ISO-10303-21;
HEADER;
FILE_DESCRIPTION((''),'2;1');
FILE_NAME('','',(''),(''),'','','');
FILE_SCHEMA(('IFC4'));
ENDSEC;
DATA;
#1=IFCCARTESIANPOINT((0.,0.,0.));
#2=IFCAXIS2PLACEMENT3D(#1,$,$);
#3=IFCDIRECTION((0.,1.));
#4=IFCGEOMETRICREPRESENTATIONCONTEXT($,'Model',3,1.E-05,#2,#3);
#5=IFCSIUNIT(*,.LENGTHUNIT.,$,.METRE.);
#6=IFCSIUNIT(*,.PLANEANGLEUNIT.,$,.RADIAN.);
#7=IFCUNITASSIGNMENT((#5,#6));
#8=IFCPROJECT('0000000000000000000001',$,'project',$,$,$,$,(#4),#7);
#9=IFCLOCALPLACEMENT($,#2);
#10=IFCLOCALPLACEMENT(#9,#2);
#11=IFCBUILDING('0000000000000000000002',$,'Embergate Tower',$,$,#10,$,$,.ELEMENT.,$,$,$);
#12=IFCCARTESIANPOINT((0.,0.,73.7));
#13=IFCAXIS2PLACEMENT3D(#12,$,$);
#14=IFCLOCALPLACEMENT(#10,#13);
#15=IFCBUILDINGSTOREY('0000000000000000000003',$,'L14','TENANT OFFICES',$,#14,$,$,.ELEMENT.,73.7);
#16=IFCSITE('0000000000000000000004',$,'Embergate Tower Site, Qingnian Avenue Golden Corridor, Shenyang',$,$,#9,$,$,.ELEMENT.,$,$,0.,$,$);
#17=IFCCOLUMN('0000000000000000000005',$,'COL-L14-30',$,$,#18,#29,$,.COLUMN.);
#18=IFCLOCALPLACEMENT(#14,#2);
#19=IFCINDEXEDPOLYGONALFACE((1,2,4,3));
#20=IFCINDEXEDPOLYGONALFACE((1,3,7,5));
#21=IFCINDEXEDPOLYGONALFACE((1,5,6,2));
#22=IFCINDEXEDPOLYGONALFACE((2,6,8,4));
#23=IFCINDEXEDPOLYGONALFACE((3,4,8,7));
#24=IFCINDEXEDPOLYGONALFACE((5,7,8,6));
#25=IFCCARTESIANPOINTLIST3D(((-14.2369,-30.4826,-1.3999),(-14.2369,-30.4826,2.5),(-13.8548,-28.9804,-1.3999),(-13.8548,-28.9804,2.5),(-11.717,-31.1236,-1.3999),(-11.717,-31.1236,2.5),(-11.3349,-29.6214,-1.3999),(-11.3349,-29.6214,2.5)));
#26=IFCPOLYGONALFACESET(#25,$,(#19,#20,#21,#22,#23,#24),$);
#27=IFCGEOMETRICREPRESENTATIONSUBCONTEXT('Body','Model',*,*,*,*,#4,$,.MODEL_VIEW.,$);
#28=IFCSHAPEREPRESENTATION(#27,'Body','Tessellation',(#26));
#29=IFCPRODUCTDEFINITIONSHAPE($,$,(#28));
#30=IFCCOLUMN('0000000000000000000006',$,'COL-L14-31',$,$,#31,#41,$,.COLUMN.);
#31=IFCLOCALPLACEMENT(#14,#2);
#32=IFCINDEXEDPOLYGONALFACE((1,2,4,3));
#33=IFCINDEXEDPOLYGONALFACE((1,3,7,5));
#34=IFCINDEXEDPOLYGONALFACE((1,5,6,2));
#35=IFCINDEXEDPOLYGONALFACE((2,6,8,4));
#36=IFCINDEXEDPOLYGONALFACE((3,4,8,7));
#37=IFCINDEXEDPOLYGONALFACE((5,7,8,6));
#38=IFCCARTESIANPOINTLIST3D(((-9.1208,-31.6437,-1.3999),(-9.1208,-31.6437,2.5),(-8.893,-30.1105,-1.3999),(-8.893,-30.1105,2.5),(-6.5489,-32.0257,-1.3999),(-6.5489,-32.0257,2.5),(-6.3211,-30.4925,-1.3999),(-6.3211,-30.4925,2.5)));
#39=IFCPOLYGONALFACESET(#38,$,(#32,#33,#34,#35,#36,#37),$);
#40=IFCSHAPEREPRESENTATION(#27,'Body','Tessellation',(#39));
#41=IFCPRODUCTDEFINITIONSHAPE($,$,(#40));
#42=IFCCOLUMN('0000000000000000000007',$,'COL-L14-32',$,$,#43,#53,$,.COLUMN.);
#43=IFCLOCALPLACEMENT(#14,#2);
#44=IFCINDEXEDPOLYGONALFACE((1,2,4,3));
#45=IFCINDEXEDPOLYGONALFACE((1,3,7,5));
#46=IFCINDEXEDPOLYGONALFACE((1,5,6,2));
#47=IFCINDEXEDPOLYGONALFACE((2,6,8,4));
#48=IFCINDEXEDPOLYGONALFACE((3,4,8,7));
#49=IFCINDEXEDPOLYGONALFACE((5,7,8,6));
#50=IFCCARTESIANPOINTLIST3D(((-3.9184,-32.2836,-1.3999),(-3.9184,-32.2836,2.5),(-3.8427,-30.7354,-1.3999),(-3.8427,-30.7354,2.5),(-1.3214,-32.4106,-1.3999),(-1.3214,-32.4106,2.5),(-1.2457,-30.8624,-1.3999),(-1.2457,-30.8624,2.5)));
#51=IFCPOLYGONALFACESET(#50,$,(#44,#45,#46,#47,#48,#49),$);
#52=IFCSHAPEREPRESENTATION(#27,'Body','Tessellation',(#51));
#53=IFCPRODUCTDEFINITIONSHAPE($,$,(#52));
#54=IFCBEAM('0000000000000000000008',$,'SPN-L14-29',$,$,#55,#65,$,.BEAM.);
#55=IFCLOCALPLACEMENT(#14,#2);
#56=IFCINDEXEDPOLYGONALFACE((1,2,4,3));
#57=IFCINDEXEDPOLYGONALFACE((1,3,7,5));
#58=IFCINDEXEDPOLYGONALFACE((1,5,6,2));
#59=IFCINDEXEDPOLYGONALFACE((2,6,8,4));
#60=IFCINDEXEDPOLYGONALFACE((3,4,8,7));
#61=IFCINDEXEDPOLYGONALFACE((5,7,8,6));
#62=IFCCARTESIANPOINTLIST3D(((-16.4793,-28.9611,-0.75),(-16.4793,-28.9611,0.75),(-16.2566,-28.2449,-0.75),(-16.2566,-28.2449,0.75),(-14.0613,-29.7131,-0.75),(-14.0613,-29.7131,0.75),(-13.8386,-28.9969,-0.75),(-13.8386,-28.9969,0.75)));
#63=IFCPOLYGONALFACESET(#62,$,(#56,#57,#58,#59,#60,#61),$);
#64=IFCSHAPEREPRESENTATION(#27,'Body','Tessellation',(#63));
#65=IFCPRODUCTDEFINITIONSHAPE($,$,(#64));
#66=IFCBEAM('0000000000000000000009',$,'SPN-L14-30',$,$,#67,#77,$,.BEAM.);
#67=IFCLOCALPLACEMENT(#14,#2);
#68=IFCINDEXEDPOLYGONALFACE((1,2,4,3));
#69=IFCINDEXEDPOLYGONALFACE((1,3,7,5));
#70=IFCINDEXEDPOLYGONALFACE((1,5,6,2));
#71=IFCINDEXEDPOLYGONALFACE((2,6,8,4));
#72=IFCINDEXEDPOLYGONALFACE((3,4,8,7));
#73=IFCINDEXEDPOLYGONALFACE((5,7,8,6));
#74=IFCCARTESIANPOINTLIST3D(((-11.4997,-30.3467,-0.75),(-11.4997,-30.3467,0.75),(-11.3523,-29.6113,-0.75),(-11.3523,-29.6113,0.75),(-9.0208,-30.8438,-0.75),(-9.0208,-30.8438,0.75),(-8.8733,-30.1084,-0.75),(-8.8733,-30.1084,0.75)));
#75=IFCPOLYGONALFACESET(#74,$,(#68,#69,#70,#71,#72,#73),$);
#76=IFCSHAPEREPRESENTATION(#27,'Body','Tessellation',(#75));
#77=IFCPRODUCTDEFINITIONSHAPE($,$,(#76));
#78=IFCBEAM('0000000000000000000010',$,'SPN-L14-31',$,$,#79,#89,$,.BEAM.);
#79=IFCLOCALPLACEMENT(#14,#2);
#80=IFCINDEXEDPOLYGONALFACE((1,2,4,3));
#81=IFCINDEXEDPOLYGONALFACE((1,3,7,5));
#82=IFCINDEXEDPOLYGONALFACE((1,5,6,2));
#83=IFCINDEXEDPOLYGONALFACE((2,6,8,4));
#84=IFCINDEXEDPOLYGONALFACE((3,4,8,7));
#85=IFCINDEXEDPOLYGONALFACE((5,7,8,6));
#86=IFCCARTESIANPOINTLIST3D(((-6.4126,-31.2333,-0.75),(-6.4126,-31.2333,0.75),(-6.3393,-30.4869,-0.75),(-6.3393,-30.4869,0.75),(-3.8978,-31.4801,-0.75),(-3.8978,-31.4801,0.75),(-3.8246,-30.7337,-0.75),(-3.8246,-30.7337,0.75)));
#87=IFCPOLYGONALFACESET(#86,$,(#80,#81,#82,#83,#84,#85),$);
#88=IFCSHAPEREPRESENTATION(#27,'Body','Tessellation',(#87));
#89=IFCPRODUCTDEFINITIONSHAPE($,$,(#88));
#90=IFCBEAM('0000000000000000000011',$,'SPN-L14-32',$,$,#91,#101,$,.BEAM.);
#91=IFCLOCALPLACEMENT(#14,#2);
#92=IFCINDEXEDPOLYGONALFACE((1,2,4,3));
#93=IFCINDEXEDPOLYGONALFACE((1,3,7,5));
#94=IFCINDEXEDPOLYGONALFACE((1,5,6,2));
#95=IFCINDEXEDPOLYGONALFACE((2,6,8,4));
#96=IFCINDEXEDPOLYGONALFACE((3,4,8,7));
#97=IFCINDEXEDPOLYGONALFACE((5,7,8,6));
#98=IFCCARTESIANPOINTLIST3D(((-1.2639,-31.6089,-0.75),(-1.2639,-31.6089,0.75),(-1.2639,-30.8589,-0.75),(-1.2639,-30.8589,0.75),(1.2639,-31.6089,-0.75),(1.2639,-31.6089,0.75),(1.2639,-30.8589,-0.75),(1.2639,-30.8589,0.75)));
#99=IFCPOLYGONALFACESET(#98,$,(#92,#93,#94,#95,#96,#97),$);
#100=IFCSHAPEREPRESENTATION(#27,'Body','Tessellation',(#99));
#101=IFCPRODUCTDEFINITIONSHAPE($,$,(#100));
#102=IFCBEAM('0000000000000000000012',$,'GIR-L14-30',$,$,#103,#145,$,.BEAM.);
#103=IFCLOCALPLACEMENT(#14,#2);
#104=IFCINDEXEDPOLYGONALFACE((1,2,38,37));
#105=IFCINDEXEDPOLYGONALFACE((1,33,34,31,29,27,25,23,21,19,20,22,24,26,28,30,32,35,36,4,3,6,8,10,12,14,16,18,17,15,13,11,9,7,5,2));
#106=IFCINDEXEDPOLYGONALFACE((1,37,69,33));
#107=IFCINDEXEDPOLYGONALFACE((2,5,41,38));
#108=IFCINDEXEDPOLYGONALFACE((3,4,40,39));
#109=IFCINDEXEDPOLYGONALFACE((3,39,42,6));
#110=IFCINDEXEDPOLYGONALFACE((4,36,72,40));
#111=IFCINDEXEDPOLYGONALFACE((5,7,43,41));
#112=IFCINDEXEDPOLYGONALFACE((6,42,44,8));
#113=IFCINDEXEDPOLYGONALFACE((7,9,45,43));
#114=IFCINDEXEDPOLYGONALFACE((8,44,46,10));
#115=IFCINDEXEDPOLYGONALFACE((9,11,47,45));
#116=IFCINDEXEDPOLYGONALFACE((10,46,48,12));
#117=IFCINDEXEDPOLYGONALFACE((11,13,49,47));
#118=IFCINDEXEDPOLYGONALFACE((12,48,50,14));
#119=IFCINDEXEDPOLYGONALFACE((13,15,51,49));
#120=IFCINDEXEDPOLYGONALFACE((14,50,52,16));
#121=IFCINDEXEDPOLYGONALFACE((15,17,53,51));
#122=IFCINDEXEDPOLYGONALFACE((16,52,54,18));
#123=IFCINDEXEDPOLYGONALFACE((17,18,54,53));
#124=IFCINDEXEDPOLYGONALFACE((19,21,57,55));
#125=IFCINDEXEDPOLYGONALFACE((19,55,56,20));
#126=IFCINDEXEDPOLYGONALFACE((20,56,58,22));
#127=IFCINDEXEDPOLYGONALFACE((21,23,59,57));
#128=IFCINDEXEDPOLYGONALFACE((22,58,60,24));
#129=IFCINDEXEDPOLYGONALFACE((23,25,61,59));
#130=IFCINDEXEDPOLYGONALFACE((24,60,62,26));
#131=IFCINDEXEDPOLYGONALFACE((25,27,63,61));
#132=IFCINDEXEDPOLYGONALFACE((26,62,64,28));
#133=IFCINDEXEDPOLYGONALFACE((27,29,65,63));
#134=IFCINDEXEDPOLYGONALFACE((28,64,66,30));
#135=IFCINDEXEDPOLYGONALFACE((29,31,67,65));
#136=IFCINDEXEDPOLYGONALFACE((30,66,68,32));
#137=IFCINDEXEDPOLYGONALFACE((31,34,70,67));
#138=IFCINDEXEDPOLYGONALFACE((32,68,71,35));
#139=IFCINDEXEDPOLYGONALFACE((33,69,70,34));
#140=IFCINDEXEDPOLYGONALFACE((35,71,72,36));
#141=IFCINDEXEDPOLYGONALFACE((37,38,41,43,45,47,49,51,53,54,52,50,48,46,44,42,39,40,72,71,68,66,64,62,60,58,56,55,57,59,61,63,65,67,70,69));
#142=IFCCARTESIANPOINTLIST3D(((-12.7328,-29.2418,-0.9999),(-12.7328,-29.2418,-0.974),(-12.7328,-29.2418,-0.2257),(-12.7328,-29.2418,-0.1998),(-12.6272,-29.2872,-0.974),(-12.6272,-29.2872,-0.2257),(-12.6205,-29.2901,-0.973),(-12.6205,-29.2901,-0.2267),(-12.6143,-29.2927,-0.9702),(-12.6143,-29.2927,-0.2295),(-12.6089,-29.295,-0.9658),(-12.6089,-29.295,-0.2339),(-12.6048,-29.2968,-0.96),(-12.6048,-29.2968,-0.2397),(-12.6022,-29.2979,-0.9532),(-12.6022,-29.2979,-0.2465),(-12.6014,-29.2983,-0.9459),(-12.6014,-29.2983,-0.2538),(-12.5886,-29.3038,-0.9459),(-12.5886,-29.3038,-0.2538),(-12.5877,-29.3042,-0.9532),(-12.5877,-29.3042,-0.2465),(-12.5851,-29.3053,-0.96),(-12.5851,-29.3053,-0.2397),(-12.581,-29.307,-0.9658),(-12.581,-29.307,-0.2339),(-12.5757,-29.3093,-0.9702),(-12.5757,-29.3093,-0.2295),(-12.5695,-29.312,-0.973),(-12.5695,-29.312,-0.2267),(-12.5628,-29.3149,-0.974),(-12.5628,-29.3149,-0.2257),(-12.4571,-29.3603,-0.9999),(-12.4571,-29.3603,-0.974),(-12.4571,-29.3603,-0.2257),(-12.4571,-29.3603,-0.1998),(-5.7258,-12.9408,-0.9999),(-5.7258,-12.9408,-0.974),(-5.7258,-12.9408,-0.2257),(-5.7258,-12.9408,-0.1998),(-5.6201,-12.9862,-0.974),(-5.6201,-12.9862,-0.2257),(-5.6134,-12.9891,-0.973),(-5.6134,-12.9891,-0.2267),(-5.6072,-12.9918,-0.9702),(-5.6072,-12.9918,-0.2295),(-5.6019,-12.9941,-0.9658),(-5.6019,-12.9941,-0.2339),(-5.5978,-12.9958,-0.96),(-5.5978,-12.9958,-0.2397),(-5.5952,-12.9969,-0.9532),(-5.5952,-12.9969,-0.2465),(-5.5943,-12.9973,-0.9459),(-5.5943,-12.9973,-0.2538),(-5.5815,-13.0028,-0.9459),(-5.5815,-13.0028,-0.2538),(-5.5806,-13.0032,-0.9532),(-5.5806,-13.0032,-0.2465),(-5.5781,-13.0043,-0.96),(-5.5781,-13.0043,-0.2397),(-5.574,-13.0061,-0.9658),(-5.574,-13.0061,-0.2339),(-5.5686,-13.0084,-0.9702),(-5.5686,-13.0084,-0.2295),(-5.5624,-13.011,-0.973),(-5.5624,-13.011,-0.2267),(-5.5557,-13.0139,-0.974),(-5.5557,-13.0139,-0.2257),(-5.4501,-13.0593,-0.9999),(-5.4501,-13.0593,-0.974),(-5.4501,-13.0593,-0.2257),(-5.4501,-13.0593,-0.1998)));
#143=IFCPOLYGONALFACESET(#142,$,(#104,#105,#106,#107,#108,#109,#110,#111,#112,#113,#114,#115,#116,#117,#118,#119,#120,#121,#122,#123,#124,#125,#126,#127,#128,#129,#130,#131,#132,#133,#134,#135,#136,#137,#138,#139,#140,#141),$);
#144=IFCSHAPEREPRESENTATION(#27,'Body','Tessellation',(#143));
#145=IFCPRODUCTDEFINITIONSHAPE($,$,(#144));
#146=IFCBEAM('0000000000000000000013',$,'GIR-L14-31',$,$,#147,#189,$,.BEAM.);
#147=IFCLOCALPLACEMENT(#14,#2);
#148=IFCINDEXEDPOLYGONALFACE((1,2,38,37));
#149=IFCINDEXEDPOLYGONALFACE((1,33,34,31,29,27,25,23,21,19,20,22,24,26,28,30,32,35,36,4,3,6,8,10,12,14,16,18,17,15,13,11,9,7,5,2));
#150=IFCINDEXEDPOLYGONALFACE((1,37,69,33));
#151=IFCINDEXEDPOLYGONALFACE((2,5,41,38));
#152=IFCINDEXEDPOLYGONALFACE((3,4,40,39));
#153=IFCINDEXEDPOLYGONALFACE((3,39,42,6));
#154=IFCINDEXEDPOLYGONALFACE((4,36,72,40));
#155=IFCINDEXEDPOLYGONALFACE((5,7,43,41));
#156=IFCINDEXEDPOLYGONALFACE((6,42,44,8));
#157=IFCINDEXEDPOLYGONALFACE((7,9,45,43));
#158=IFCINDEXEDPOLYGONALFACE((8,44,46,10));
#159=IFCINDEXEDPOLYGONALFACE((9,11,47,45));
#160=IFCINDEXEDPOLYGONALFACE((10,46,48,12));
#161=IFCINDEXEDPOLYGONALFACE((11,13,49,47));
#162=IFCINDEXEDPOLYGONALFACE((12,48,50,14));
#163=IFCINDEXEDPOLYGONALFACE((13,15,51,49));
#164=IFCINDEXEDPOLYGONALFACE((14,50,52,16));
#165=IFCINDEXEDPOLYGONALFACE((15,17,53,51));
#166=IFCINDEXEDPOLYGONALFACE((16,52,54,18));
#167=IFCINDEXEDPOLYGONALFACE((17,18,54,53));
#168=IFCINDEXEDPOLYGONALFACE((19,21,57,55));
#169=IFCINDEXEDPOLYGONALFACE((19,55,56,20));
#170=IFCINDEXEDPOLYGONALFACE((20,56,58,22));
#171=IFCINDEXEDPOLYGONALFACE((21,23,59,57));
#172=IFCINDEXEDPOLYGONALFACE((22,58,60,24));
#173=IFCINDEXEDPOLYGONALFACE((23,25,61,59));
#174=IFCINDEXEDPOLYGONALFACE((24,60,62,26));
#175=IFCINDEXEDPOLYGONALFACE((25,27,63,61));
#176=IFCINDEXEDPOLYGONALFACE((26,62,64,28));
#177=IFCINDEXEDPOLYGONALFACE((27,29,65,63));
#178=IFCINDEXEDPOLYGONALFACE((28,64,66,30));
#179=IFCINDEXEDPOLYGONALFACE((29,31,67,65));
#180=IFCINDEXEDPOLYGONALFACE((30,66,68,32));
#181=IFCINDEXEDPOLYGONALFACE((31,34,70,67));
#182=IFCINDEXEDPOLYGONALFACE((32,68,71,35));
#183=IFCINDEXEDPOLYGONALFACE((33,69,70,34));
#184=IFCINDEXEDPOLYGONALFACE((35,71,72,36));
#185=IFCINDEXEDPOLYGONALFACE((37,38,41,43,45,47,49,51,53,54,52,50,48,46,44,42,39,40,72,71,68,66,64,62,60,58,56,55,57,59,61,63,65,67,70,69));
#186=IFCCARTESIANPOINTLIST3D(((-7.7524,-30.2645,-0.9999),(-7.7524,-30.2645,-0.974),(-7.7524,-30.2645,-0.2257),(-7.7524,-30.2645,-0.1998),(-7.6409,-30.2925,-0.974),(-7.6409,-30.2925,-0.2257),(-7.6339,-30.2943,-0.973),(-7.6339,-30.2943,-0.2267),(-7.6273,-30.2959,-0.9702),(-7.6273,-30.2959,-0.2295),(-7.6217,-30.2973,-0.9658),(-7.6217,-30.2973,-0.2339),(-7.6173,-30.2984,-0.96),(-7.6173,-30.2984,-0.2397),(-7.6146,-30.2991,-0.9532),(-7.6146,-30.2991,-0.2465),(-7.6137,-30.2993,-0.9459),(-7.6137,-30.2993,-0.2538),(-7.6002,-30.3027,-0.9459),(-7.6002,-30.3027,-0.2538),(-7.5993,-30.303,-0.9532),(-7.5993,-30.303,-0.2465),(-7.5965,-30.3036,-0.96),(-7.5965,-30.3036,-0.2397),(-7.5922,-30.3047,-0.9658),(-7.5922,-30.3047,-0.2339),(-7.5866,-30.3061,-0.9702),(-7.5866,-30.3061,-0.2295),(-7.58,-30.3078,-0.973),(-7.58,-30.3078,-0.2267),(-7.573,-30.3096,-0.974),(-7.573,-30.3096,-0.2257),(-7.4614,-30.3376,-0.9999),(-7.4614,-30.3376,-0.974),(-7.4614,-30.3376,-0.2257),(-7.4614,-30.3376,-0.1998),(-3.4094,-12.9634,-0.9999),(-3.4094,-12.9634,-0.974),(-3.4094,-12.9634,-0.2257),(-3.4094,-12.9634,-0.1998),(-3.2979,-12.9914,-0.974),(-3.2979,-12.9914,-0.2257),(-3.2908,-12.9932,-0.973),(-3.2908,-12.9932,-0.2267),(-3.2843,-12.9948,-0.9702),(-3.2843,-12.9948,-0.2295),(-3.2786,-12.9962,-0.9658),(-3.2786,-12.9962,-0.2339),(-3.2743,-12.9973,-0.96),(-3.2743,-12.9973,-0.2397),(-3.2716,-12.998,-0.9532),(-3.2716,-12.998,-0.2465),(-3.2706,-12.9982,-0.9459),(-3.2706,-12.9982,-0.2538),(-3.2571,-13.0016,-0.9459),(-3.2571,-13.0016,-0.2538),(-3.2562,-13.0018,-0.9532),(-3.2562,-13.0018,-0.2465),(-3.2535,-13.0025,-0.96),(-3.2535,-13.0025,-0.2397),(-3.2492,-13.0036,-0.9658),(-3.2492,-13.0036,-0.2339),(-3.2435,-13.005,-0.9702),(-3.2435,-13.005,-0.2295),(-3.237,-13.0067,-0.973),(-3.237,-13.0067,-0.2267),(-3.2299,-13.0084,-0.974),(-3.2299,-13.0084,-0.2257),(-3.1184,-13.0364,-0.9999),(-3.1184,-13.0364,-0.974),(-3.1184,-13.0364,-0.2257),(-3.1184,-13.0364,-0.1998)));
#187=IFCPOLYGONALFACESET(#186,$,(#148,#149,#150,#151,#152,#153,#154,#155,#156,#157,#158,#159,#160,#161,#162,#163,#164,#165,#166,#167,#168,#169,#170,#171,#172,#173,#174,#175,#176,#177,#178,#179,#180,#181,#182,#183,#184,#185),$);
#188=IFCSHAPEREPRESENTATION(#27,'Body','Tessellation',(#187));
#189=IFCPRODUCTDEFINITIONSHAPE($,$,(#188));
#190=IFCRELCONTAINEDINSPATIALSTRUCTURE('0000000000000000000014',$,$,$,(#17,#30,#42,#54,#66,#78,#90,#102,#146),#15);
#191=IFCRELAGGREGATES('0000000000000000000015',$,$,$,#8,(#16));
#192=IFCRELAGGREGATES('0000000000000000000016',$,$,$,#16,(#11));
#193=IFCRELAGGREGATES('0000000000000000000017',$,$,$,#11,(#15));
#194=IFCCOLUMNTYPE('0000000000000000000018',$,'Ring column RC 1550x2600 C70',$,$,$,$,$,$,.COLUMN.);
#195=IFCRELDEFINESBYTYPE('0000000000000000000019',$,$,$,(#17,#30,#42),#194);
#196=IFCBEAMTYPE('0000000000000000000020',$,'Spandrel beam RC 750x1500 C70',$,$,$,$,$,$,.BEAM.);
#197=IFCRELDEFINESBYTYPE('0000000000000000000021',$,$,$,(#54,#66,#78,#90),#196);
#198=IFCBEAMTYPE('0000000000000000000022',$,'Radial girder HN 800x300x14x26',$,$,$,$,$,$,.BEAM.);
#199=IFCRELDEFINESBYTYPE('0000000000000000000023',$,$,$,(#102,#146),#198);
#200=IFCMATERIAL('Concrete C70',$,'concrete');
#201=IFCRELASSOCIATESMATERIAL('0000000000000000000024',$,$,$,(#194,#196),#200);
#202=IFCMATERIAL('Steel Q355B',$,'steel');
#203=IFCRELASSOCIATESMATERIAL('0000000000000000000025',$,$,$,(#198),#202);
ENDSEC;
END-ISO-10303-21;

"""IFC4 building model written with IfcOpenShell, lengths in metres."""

from ifc_helpers import new_model, si_unit, direction, frame, origin, origin_2d, place, context, subcontext, project, spatial, rectangle, i_section, extrude, source, transform, mapped, material, material_profile, profile_set, type_object, element, save


model = new_model("IFC4")

# Units and contexts
model_context = context("Model", 3, precision=1e-05, world=origin(), true_north=direction((0.0, 1.0)))
body_context = subcontext(model_context, "Body", "Model", "MODEL_VIEW")
ifc_project = project(units=[si_unit("LENGTHUNIT", "METRE"), si_unit("PLANEANGLEUNIT", "RADIAN")], contexts=[model_context])

# Site, building, storey
site_placement = place(None, origin())
site = spatial("IfcSite", under=ifc_project, at=site_placement, Name="Embergate Tower Site, Qingnian Avenue Golden Corridor, Shenyang", CompositionType="ELEMENT", RefElevation=0.0)
building_placement = place(site_placement, origin())
building = spatial("IfcBuilding", under=site, at=building_placement, Name="Embergate Tower", CompositionType="ELEMENT")
storey_placement = place(building_placement, frame((0.0, 0.0, 73.7)))
storey = spatial("IfcBuildingStorey", under=building, at=storey_placement, Name="L14", Description="TENANT OFFICES", CompositionType="ELEMENT", Elevation=73.7)

# Columns
ifc_material_1 = material(Name="Concrete C70", Category="concrete")
ifc_material_profile_1 = material_profile(ifc_material_1, rectangle(XDim=1.55, YDim=2.6001, at=origin_2d()), Name="RC 1550x2600")
ifc_profile_set_1 = profile_set([ifc_material_profile_1], Name="Concrete C70")
column_type = type_object("IfcColumnType", Name="Ring column RC 1550x2600 C70", PredefinedType="COLUMN", material=ifc_profile_set_1)
shared_shape_1 = source(origin(), body_context, "Body", "SweptSolid", [
    extrude(rectangle(XDim=1.55, YDim=2.6001, at=origin_2d()), origin(), (0.0, 0.0, 1.0), 3.8999),
])
for number, where, z_axis, x_axis, name in (
    (1, (-12.7859, -30.052, -1.3999), (0.0, 0.0, 1.0), (-0.246509, -0.969141, 0.0), "COL-L14-30"),
    (2, (-7.7209, -31.0681, -1.3999), (0.0, 0.0, 1.0), (-0.146929, -0.989147, 0.0), "COL-L14-31"),
    (3, (-2.582, -31.573, -1.3999), (0.0, 0.0, 1.0), (-0.048815, -0.998808, 0.0), "COL-L14-32"),
):
    element("IfcColumn", number, at=place(storey_placement, frame(where, z_axis=z_axis, x_axis=x_axis)), inside=storey, type_object=column_type, Name=name, PredefinedType="COLUMN", context=body_context, shape_type="MappedRepresentation", body=[
        mapped(shared_shape_1, transform((0.0, 0.0, 0.0))),
    ])

# Beams
ifc_material_profile_2 = material_profile(ifc_material_1, rectangle(XDim=0.75, YDim=1.5, at=origin_2d()), Name="RC 750x1500")
ifc_profile_set_2 = profile_set([ifc_material_profile_2], Name="Concrete C70")
beam_type_1 = type_object("IfcBeamType", Name="Spandrel beam RC 750x1500 C70", PredefinedType="BEAM", material=ifc_profile_set_2)
shared_shape_2 = source(origin(), body_context, "Body", "SweptSolid", [
    extrude(rectangle(XDim=0.75, YDim=1.5, at=origin_2d()), origin(), (0.0, 0.0, 1.0), 2.5322),
])
beam_1_placement = place(storey_placement, frame((-16.3679, -28.603, 0.0), z_axis=(0.954891, -0.296957, 0.0), x_axis=(0.296957, 0.954891, 0.0)))
element("IfcBeam", 4, at=beam_1_placement, inside=storey, type_object=beam_type_1, Name="SPN-L14-29", PredefinedType="BEAM", context=body_context, shape_type="MappedRepresentation", body=[
    mapped(shared_shape_2, transform((0.0, 0.0, 0.0))),
])
shared_shape_3 = source(origin(), body_context, "Body", "SweptSolid", [
    extrude(rectangle(XDim=0.75, YDim=1.5, at=origin_2d()), origin(), (0.0, 0.0, 1.0), 2.5283),
])
beam_2_placement = place(storey_placement, frame((-11.426, -29.979, 0.0), z_axis=(0.980484, -0.196599, 0.0), x_axis=(0.196599, 0.980484, 0.0)))
element("IfcBeam", 5, at=beam_2_placement, inside=storey, type_object=beam_type_1, Name="SPN-L14-30", PredefinedType="BEAM", context=body_context, shape_type="MappedRepresentation", body=[
    mapped(shared_shape_3, transform((0.0, 0.0, 0.0))),
])
shared_shape_4 = source(origin(), body_context, "Body", "SweptSolid", [
    extrude(rectangle(XDim=0.75, YDim=1.5, at=origin_2d()), origin(), (0.0, 0.0, 1.0), 2.5269),
])
beam_3_placement = place(storey_placement, frame((-6.376, -30.8601, 0.0), z_axis=(0.995218, -0.097676, 0.0), x_axis=(0.097676, 0.995218, 0.0)))
element("IfcBeam", 6, at=beam_3_placement, inside=storey, type_object=beam_type_1, Name="SPN-L14-31", PredefinedType="BEAM", context=body_context, shape_type="MappedRepresentation", body=[
    mapped(shared_shape_4, transform((0.0, 0.0, 0.0))),
])
shared_shape_5 = source(origin(), body_context, "Body", "SweptSolid", [
    extrude(rectangle(XDim=0.75, YDim=1.5, at=origin_2d()), origin(), (0.0, 0.0, 1.0), 2.5278),
])
beam_4_placement = place(storey_placement, frame((-1.2639, -31.2339, 0.0), z_axis=(1.0, 0.0, 0.0), x_axis=(0.0, 1.0, 0.0)))
element("IfcBeam", 7, at=beam_4_placement, inside=storey, type_object=beam_type_1, Name="SPN-L14-32", PredefinedType="BEAM", context=body_context, shape_type="MappedRepresentation", body=[
    mapped(shared_shape_5, transform((0.0, 0.0, 0.0))),
])
ifc_material_2 = material(Name="Steel Q355B", Category="steel")
ifc_material_profile_3 = material_profile(ifc_material_2, i_section(OverallWidth=0.3, OverallDepth=0.8, WebThickness=0.0139, FlangeThickness=0.0259, FilletRadius=0.0281, at=origin_2d()), Name="HN 800x300x14x26")
ifc_profile_set_3 = profile_set([ifc_material_profile_3], Name="Steel Q355 grade B")
beam_type_2 = type_object("IfcBeamType", Name="Radial girder HN 800x300x14x26", PredefinedType="BEAM", material=ifc_profile_set_3)
shared_shape_6 = source(origin(), body_context, "Body", "SweptSolid", [
    extrude(i_section(OverallWidth=0.3, OverallDepth=0.8, WebThickness=0.0139, FlangeThickness=0.0259, FilletRadius=0.0281, at=origin_2d()), origin(), (0.0, 0.0, 1.0), 17.7432),
])
beam_5_placement = place(storey_placement, frame((-12.595, -29.301, -0.5999), z_axis=(0.394915, 0.918717, 0.0), x_axis=(-0.918717, 0.394915, 0.0)))
element("IfcBeam", 8, at=beam_5_placement, inside=storey, type_object=beam_type_2, Name="GIR-L14-30", PredefinedType="BEAM", context=body_context, shape_type="MappedRepresentation", body=[
    mapped(shared_shape_6, transform((0.0, 0.0, 0.0))),
])
shared_shape_7 = source(origin(), body_context, "Body", "SweptSolid", [
    extrude(i_section(OverallWidth=0.3, OverallDepth=0.8, WebThickness=0.0139, FlangeThickness=0.0259, FilletRadius=0.0281, at=origin_2d()), origin(), (0.0, 0.0, 1.0), 17.8379),
])
beam_6_placement = place(storey_placement, frame((-7.6069, -30.301, -0.5999), z_axis=(0.243473, 0.969908, 0.0), x_axis=(-0.969908, 0.243473, 0.0)))
element("IfcBeam", 9, at=beam_6_placement, inside=storey, type_object=beam_type_2, Name="GIR-L14-31", PredefinedType="BEAM", context=body_context, shape_type="MappedRepresentation", body=[
    mapped(shared_shape_7, transform((0.0, 0.0, 0.0))),
])

save(model, "model.ifc")
